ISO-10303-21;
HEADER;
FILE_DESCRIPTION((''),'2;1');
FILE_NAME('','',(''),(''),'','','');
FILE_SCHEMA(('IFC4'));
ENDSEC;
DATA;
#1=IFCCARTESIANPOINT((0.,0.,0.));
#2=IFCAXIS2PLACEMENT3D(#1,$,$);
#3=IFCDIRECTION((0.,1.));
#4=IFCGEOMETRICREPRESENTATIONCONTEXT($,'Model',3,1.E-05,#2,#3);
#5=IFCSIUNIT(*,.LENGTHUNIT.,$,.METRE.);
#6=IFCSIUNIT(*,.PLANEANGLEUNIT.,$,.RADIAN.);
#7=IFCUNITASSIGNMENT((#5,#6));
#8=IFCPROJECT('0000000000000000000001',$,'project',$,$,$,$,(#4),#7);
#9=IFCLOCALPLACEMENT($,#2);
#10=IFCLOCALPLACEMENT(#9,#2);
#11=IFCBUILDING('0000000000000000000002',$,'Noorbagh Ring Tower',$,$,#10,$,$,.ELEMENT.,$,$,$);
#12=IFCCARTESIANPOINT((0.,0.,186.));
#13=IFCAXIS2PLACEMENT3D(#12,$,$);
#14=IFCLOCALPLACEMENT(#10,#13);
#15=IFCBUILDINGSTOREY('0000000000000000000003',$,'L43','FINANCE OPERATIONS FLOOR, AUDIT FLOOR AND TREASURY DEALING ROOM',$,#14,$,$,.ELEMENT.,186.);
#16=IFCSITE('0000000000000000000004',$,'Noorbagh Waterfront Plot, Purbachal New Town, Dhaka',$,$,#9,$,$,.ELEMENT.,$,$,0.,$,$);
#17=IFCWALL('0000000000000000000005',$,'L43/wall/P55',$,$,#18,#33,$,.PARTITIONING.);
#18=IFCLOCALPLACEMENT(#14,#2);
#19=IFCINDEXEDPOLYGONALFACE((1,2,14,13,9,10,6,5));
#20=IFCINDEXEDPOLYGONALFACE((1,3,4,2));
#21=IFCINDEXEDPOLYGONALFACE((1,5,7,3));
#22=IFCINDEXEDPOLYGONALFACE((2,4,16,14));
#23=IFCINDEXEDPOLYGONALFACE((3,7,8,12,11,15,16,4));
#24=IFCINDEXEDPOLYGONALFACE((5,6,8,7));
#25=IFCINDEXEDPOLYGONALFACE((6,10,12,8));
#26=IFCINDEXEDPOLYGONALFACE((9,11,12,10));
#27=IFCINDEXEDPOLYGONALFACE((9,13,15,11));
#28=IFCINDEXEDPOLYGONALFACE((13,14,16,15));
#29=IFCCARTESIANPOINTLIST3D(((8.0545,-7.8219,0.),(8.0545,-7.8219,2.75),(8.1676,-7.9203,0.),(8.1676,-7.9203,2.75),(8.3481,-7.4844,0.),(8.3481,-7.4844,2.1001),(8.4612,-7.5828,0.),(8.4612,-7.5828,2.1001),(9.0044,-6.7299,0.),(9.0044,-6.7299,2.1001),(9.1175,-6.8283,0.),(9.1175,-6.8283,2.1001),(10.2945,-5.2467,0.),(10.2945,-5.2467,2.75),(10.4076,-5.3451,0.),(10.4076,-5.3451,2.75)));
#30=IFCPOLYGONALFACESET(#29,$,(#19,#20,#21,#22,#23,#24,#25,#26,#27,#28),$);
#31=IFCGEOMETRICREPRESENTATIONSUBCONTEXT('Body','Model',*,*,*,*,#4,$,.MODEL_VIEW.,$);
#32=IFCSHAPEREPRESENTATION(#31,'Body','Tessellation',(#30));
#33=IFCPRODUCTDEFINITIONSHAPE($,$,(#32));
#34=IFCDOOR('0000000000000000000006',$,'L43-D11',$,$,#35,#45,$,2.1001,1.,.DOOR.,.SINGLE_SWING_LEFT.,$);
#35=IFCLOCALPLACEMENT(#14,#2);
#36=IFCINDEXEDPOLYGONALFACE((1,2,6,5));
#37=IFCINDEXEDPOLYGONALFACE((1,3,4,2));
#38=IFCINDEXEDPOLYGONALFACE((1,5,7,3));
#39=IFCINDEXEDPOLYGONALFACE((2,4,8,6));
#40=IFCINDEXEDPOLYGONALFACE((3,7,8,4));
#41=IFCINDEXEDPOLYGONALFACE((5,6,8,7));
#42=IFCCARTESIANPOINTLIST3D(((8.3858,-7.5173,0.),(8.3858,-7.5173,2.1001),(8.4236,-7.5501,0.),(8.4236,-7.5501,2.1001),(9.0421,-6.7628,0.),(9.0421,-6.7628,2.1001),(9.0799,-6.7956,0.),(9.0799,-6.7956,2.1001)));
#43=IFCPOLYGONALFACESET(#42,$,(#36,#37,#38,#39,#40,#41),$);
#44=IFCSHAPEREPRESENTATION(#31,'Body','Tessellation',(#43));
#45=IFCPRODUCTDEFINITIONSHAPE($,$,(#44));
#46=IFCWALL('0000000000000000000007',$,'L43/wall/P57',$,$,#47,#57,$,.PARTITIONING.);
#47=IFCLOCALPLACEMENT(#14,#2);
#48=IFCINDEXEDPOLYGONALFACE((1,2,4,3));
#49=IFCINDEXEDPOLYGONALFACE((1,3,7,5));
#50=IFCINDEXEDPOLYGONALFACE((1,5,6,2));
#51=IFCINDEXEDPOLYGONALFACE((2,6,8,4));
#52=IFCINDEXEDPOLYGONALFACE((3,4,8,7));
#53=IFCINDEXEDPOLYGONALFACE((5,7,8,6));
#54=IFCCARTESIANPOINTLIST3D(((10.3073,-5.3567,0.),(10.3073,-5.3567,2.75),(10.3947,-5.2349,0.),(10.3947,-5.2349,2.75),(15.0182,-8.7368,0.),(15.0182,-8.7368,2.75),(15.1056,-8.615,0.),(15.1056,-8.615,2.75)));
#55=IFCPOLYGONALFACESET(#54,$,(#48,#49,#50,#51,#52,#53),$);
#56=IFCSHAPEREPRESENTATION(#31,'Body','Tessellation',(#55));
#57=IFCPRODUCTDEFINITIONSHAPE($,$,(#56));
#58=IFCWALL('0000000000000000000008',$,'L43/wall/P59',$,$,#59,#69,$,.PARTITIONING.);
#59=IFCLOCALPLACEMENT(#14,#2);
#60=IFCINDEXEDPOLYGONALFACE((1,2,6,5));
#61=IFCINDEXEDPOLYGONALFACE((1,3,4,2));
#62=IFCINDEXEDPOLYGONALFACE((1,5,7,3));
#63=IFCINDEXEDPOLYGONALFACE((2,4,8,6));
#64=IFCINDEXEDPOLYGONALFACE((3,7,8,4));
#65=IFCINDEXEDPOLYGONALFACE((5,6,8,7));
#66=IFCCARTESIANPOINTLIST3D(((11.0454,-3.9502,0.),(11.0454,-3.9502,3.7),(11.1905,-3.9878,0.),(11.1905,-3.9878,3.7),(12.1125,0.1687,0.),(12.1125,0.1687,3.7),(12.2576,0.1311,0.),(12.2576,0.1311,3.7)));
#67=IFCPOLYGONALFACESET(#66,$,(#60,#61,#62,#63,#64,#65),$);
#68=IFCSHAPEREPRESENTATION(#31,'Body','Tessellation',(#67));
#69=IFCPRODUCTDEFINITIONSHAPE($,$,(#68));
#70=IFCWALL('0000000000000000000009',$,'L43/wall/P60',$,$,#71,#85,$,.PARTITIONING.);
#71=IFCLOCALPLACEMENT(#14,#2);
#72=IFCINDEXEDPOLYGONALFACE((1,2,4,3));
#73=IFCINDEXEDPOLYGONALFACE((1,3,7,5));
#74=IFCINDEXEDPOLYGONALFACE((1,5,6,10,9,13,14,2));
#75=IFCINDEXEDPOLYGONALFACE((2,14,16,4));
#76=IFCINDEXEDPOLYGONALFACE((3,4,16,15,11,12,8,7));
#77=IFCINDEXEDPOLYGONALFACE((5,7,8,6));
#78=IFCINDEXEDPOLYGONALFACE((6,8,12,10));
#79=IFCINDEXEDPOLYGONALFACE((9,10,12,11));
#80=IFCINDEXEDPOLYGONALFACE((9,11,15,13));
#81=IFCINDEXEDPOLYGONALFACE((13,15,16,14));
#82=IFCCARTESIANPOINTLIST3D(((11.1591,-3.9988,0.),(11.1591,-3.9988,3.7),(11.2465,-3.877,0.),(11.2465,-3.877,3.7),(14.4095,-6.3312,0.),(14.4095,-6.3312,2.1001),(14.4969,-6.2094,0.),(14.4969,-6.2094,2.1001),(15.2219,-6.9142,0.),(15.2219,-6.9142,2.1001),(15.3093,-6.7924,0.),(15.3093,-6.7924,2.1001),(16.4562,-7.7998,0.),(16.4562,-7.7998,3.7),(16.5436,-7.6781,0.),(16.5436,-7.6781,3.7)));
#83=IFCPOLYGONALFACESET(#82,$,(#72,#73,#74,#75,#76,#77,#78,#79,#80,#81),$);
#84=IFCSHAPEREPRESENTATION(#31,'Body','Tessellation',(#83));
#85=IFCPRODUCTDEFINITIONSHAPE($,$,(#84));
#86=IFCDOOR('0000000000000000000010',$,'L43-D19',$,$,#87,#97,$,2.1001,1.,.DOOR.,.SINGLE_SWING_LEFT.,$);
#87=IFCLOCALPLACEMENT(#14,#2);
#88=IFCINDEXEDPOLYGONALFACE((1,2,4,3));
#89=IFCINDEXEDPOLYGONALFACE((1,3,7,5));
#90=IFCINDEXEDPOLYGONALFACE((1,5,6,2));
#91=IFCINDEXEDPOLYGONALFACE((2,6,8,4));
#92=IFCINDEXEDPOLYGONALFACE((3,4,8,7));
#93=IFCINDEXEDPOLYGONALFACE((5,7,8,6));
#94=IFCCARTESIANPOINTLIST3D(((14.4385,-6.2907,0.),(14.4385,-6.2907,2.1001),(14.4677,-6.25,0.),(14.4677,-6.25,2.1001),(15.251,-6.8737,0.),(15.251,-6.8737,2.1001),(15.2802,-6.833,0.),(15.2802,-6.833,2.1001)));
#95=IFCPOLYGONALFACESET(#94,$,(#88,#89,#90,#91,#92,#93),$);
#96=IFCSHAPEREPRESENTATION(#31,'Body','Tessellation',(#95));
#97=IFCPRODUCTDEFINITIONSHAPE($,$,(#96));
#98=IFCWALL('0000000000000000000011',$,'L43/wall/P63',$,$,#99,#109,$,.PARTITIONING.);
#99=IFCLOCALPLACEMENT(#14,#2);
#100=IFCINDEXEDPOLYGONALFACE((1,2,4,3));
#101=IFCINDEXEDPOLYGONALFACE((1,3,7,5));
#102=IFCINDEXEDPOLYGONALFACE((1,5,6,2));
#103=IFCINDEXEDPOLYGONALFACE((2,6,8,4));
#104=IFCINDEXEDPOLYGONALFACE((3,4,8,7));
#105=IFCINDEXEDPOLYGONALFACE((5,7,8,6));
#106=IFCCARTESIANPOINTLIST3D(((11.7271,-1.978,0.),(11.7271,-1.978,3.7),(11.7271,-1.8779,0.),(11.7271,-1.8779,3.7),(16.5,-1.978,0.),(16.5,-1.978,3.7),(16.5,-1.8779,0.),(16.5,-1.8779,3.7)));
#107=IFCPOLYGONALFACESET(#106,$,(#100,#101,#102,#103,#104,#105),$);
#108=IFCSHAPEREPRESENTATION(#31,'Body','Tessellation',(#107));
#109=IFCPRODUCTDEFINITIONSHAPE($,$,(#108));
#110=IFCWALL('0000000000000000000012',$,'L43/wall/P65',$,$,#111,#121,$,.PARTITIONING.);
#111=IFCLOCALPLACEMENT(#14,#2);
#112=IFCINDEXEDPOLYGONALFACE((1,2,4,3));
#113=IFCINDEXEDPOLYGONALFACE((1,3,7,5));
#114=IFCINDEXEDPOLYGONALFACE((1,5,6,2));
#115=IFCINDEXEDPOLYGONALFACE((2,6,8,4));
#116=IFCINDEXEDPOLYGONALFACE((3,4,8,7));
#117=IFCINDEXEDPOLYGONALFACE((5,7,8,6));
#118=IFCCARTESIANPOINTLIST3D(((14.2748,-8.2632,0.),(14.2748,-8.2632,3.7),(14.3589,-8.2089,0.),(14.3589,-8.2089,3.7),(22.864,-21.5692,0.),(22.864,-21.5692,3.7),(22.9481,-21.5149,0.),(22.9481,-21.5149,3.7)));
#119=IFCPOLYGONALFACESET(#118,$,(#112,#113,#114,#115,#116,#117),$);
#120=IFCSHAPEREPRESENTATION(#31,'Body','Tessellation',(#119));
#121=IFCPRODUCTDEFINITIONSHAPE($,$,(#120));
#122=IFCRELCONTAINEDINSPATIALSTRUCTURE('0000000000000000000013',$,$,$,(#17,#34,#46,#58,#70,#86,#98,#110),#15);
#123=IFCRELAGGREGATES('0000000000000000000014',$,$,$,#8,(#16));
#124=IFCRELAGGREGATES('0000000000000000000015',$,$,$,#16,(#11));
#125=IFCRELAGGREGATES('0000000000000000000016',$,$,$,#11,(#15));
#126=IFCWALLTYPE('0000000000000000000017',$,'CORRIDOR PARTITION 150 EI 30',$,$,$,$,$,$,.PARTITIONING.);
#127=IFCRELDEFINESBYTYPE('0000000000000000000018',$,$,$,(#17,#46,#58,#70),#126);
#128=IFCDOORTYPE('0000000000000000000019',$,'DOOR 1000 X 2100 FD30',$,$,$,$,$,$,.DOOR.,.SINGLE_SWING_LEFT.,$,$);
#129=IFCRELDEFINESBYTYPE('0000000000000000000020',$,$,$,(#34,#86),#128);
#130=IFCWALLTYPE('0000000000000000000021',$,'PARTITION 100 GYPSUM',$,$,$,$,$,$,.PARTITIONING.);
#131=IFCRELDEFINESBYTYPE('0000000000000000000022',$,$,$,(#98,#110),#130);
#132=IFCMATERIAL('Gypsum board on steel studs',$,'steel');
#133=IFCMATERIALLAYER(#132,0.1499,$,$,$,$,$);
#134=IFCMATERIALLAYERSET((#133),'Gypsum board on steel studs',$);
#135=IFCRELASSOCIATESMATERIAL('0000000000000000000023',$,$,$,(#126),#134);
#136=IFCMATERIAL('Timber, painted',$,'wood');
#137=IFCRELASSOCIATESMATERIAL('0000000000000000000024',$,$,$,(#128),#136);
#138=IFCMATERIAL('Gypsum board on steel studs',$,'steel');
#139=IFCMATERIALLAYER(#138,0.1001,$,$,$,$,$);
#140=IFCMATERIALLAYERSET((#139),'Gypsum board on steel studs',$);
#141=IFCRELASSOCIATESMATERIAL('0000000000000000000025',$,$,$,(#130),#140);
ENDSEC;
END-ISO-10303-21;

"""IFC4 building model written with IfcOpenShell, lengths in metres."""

from ifc_helpers import new_model, si_unit, direction, frame, frame_2d, origin, place, context, subcontext, project, spatial, rectangle, extrude, material, layer, layer_set, type_object, element, fill, save


model = new_model("IFC4")

# Units and contexts
model_context = context("Model", 3, precision=1e-05, world=origin(), true_north=direction((0.0, 1.0)))
body_context = subcontext(model_context, "Body", "Model", "MODEL_VIEW")
ifc_project = project(units=[si_unit("LENGTHUNIT", "METRE"), si_unit("PLANEANGLEUNIT", "RADIAN")], contexts=[model_context])

# Site, building, storey
site_placement = place(None, origin())
site = spatial("IfcSite", under=ifc_project, at=site_placement, Name="Noorbagh Waterfront Plot, Purbachal New Town, Dhaka", CompositionType="ELEMENT", RefElevation=0.0)
building_placement = place(site_placement, origin())
building = spatial("IfcBuilding", under=site, at=building_placement, Name="Noorbagh Ring Tower", CompositionType="ELEMENT")
storey_placement = place(building_placement, frame((0.0, 0.0, 186.0)))
storey = spatial("IfcBuildingStorey", under=building, at=storey_placement, Name="L43", Description="FINANCE OPERATIONS FLOOR, AUDIT FLOOR AND TREASURY DEALING ROOM", CompositionType="ELEMENT", Elevation=186.0)

# Wall, opening, door
ifc_material_1 = material(Name="Gypsum board on steel studs", Category="steel")
ifc_layer_1 = layer(ifc_material_1, 0.1499)
ifc_layer_set_1 = layer_set([ifc_layer_1], Name="Gypsum board on steel studs")
wall_type_1 = type_object("IfcWallType", Name="CORRIDOR PARTITION 150 EI 30", PredefinedType="PARTITIONING", material=ifc_layer_set_1)
wall_1_placement = place(storey_placement, frame((8.1111, -7.8711, 0.0), z_axis=(0.0, 0.0, 1.0), x_axis=(0.656294, 0.754505, 0.0)))
wall_1 = element("IfcWall", 1, at=wall_1_placement, inside=storey, type_object=wall_type_1, Name="L43/wall/P55", PredefinedType="PARTITIONING", context=body_context, shape_type="SweptSolid", body=[
    extrude(rectangle(XDim=3.4131, YDim=0.1499, at=frame_2d((1.7065, 0.0))), origin(), (0.0, 0.0, 1.0), 2.75),
])
opening_1_placement = place(wall_1_placement, frame((0.4473, 0.0, 0.0)))
opening_1 = element("IfcOpeningElement", 2, at=opening_1_placement, cuts=wall_1, PredefinedType="OPENING", context=body_context, shape_type="SweptSolid", body=[
    extrude(rectangle(XDim=1.0, YDim=2.1001, at=frame_2d((0.5, 1.05))), frame((0.0, 0.085, 0.0), z_axis=(0.0, -1.0, 0.0), x_axis=(1.0, 0.0, 0.0)), (0.0, 0.0, 1.0), 0.1699),
])
ifc_material_2 = material(Name="Timber, painted", Category="wood")
door_type = type_object("IfcDoorType", Name="DOOR 1000 X 2100 FD30", OperationType="SINGLE_SWING_LEFT", PredefinedType="DOOR", material=ifc_material_2)
door_1_placement = place(opening_1_placement, origin())
door_1 = element("IfcDoor", 3, at=door_1_placement, inside=storey, type_object=door_type, Name="L43-D11", OperationType="SINGLE_SWING_LEFT", OverallHeight=2.1001, OverallWidth=1.0, PredefinedType="DOOR", context=body_context, shape_type="SweptSolid", body=[
    extrude(rectangle(XDim=1.0, YDim=2.1001, at=frame_2d((0.5, 1.05))), frame((0.0, 0.0249, 0.0), z_axis=(0.0, -1.0, 0.0), x_axis=(1.0, 0.0, 0.0)), (0.0, 0.0, 1.0), 0.05),
])
fill(opening_1, door_1)

# Walls
wall_2_placement = place(storey_placement, frame((10.3511, -5.2959, 0.0), z_axis=(0.0, 0.0, 1.0), x_axis=(0.812494, -0.58297, 0.0)))
element("IfcWall", 4, at=wall_2_placement, inside=storey, type_object=wall_type_1, Name="L43/wall/P57", PredefinedType="PARTITIONING", context=body_context, shape_type="SweptSolid", body=[
    extrude(rectangle(XDim=5.7981, YDim=0.1499, at=frame_2d((2.8989, 0.0))), origin(), (0.0, 0.0, 1.0), 2.75),
])
wall_3_placement = place(storey_placement, frame((11.1179, -3.969, 0.0), z_axis=(0.0, 0.0, 1.0), x_axis=(0.250803, 0.968038, 0.0)))
element("IfcWall", 5, at=wall_3_placement, inside=storey, type_object=wall_type_1, Name="L43/wall/P59", PredefinedType="PARTITIONING", context=body_context, shape_type="SweptSolid", body=[
    extrude(rectangle(XDim=4.2549, YDim=0.1499, at=frame_2d((2.1274, 0.0))), origin(), (0.0, 0.0, 1.0), 3.7),
])

# Wall, opening, door
wall_4_placement = place(storey_placement, frame((11.2029, -3.938, 0.0), z_axis=(0.0, 0.0, 1.0), x_axis=(0.812472, -0.583001, 0.0)))
wall_4 = element("IfcWall", 6, at=wall_4_placement, inside=storey, type_object=wall_type_1, Name="L43/wall/P60", PredefinedType="PARTITIONING", context=body_context, shape_type="SweptSolid", body=[
    extrude(rectangle(XDim=6.5198, YDim=0.1499, at=frame_2d((3.2598, 0.0))), origin(), (0.0, 0.0, 1.0), 3.7),
])
opening_2_placement = place(wall_4_placement, frame((4.0005, 0.0, 0.0)))
opening_2 = element("IfcOpeningElement", 7, at=opening_2_placement, cuts=wall_4, PredefinedType="OPENING", context=body_context, shape_type="SweptSolid", body=[
    extrude(rectangle(XDim=1.0, YDim=2.1001, at=frame_2d((0.5, 1.05))), frame((0.0, 0.085, 0.0), z_axis=(0.0, -1.0, 0.0), x_axis=(1.0, 0.0, 0.0)), (0.0, 0.0, 1.0), 0.1699),
])
door_2_placement = place(opening_2_placement, origin())
door_2 = element("IfcDoor", 8, at=door_2_placement, inside=storey, type_object=door_type, Name="L43-D19", OperationType="SINGLE_SWING_LEFT", OverallHeight=2.1001, OverallWidth=1.0, PredefinedType="DOOR", context=body_context, shape_type="SweptSolid", body=[
    extrude(rectangle(XDim=1.0, YDim=2.1001, at=frame_2d((0.5, 1.05))), frame((0.0, 0.0249, 0.0), z_axis=(0.0, -1.0, 0.0), x_axis=(1.0, 0.0, 0.0)), (0.0, 0.0, 1.0), 0.05),
])
fill(opening_2, door_2)

# Walls
ifc_material_3 = material(Name="Gypsum board on steel studs", Category="steel")
ifc_layer_2 = layer(ifc_material_3, 0.1001)
ifc_layer_set_2 = layer_set([ifc_layer_2], Name="Gypsum board on steel studs")
wall_type_2 = type_object("IfcWallType", Name="PARTITION 100 GYPSUM", PredefinedType="PARTITIONING", material=ifc_layer_set_2)
wall_5_placement = place(storey_placement, frame((11.7271, -1.928, 0.0), z_axis=(0.0, 0.0, 1.0), x_axis=(1.0, 0.0, 0.0)))
element("IfcWall", 9, at=wall_5_placement, inside=storey, type_object=wall_type_2, Name="L43/wall/P63", PredefinedType="PARTITIONING", context=body_context, shape_type="SweptSolid", body=[
    extrude(rectangle(XDim=4.7729, YDim=0.1001, at=frame_2d((2.3865, 0.0))), origin(), (0.0, 0.0, 1.0), 3.7),
])
wall_6_placement = place(storey_placement, frame((14.3169, -8.2361, 0.0), z_axis=(0.0, 0.0, 1.0), x_axis=(0.542334, -0.840163, 0.0)))
element("IfcWall", 10, at=wall_6_placement, inside=storey, type_object=wall_type_2, Name="L43/wall/P65", PredefinedType="PARTITIONING", context=body_context, shape_type="SweptSolid", body=[
    extrude(rectangle(XDim=15.8374, YDim=0.1001, at=frame_2d((7.9187, 0.0))), origin(), (0.0, 0.0, 1.0), 3.7),
])

save(model, "model.ifc")
